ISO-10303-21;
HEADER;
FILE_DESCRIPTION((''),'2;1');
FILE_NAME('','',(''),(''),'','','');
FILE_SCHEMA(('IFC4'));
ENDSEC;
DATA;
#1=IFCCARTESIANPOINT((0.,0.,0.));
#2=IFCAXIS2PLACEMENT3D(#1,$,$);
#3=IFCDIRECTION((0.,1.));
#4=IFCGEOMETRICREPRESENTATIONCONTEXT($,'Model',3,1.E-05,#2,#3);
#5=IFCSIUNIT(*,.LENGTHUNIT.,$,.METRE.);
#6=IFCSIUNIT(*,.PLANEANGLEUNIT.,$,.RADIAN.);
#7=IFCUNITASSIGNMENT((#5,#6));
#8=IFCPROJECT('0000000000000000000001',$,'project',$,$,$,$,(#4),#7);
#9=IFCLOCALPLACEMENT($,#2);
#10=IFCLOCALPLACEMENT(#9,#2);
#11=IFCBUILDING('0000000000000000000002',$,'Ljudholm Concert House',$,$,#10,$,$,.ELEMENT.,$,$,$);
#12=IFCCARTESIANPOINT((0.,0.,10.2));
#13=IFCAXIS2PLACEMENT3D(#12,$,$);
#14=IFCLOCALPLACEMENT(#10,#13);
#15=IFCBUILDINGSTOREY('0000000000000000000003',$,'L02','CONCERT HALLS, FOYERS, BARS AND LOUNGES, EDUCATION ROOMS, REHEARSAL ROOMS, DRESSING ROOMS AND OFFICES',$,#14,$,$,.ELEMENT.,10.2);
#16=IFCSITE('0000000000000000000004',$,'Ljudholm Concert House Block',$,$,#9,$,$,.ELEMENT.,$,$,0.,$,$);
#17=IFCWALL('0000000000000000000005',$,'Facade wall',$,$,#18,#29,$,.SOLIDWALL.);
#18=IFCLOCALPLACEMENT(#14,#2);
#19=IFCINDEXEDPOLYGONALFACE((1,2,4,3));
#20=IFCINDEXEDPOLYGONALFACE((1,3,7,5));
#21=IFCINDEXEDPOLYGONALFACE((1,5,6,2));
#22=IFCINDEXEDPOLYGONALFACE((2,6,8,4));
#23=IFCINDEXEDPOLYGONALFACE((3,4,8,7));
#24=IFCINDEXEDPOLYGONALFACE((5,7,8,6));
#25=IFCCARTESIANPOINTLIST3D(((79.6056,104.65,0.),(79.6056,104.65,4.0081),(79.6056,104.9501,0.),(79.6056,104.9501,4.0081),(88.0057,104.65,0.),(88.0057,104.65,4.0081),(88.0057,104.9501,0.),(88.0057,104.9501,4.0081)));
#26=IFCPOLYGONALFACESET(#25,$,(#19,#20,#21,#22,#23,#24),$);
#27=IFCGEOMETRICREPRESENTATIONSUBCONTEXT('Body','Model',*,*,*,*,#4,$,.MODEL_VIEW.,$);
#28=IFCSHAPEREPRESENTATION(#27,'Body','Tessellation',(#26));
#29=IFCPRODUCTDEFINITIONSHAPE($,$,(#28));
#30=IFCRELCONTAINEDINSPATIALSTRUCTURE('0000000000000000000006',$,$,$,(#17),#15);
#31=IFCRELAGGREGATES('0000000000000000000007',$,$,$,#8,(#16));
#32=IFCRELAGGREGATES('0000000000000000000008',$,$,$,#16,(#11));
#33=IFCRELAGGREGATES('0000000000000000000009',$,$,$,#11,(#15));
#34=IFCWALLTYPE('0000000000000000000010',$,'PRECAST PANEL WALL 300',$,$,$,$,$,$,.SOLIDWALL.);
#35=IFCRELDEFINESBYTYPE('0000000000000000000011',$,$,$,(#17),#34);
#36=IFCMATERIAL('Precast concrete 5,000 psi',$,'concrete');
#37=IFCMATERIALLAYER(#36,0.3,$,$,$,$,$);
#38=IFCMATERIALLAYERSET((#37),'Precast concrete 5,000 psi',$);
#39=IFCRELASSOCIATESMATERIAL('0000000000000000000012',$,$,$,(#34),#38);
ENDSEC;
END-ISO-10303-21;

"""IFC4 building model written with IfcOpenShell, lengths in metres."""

from ifc_helpers import new_model, si_unit, direction, frame, frame_2d, origin, place, context, subcontext, project, spatial, rectangle, extrude, material, layer, layer_set, type_object, element, save


model = new_model("IFC4")

# Units and contexts
model_context = context("Model", 3, precision=1e-05, world=origin(), true_north=direction((0.0, 1.0)))
body_context = subcontext(model_context, "Body", "Model", "MODEL_VIEW")
ifc_project = project(units=[si_unit("LENGTHUNIT", "METRE"), si_unit("PLANEANGLEUNIT", "RADIAN")], contexts=[model_context])

# Site, building, storey
site_placement = place(None, origin())
site = spatial("IfcSite", under=ifc_project, at=site_placement, Name="Ljudholm Concert House Block", CompositionType="ELEMENT", RefElevation=0.0)
building_placement = place(site_placement, origin())
building = spatial("IfcBuilding", under=site, at=building_placement, Name="Ljudholm Concert House", CompositionType="ELEMENT")
storey_placement = place(building_placement, frame((0.0, 0.0, 10.2)))
storey = spatial("IfcBuildingStorey", under=building, at=storey_placement, Name="L02", Description="CONCERT HALLS, FOYERS, BARS AND LOUNGES, EDUCATION ROOMS, REHEARSAL ROOMS, DRESSING ROOMS AND OFFICES", CompositionType="ELEMENT", Elevation=10.2)

# Wall
ifc_material_1 = material(Name="Precast concrete 5,000 psi", Category="concrete")
ifc_layer_1 = layer(ifc_material_1, 0.3)
ifc_layer_set_1 = layer_set([ifc_layer_1], Name="Precast concrete 5,000 psi")
wall_type_1 = type_object("IfcWallType", Name="PRECAST PANEL WALL 300", PredefinedType="SOLIDWALL", material=ifc_layer_set_1)
wall_1_placement = place(storey_placement, frame((79.6055, 104.8, 0.0), z_axis=(0.0, 0.0, 1.0), x_axis=(1.0, 0.0, 0.0)))
element("IfcWall", 1, at=wall_1_placement, inside=storey, type_object=wall_type_1, Name="Facade wall", PredefinedType="SOLIDWALL", context=body_context, shape_type="SweptSolid", body=[
    extrude(rectangle(XDim=8.4001, YDim=0.3, at=frame_2d((4.2002, 0.0))), origin(), (0.0, 0.0, 1.0), 4.0081),
])

save(model, "model.ifc")
